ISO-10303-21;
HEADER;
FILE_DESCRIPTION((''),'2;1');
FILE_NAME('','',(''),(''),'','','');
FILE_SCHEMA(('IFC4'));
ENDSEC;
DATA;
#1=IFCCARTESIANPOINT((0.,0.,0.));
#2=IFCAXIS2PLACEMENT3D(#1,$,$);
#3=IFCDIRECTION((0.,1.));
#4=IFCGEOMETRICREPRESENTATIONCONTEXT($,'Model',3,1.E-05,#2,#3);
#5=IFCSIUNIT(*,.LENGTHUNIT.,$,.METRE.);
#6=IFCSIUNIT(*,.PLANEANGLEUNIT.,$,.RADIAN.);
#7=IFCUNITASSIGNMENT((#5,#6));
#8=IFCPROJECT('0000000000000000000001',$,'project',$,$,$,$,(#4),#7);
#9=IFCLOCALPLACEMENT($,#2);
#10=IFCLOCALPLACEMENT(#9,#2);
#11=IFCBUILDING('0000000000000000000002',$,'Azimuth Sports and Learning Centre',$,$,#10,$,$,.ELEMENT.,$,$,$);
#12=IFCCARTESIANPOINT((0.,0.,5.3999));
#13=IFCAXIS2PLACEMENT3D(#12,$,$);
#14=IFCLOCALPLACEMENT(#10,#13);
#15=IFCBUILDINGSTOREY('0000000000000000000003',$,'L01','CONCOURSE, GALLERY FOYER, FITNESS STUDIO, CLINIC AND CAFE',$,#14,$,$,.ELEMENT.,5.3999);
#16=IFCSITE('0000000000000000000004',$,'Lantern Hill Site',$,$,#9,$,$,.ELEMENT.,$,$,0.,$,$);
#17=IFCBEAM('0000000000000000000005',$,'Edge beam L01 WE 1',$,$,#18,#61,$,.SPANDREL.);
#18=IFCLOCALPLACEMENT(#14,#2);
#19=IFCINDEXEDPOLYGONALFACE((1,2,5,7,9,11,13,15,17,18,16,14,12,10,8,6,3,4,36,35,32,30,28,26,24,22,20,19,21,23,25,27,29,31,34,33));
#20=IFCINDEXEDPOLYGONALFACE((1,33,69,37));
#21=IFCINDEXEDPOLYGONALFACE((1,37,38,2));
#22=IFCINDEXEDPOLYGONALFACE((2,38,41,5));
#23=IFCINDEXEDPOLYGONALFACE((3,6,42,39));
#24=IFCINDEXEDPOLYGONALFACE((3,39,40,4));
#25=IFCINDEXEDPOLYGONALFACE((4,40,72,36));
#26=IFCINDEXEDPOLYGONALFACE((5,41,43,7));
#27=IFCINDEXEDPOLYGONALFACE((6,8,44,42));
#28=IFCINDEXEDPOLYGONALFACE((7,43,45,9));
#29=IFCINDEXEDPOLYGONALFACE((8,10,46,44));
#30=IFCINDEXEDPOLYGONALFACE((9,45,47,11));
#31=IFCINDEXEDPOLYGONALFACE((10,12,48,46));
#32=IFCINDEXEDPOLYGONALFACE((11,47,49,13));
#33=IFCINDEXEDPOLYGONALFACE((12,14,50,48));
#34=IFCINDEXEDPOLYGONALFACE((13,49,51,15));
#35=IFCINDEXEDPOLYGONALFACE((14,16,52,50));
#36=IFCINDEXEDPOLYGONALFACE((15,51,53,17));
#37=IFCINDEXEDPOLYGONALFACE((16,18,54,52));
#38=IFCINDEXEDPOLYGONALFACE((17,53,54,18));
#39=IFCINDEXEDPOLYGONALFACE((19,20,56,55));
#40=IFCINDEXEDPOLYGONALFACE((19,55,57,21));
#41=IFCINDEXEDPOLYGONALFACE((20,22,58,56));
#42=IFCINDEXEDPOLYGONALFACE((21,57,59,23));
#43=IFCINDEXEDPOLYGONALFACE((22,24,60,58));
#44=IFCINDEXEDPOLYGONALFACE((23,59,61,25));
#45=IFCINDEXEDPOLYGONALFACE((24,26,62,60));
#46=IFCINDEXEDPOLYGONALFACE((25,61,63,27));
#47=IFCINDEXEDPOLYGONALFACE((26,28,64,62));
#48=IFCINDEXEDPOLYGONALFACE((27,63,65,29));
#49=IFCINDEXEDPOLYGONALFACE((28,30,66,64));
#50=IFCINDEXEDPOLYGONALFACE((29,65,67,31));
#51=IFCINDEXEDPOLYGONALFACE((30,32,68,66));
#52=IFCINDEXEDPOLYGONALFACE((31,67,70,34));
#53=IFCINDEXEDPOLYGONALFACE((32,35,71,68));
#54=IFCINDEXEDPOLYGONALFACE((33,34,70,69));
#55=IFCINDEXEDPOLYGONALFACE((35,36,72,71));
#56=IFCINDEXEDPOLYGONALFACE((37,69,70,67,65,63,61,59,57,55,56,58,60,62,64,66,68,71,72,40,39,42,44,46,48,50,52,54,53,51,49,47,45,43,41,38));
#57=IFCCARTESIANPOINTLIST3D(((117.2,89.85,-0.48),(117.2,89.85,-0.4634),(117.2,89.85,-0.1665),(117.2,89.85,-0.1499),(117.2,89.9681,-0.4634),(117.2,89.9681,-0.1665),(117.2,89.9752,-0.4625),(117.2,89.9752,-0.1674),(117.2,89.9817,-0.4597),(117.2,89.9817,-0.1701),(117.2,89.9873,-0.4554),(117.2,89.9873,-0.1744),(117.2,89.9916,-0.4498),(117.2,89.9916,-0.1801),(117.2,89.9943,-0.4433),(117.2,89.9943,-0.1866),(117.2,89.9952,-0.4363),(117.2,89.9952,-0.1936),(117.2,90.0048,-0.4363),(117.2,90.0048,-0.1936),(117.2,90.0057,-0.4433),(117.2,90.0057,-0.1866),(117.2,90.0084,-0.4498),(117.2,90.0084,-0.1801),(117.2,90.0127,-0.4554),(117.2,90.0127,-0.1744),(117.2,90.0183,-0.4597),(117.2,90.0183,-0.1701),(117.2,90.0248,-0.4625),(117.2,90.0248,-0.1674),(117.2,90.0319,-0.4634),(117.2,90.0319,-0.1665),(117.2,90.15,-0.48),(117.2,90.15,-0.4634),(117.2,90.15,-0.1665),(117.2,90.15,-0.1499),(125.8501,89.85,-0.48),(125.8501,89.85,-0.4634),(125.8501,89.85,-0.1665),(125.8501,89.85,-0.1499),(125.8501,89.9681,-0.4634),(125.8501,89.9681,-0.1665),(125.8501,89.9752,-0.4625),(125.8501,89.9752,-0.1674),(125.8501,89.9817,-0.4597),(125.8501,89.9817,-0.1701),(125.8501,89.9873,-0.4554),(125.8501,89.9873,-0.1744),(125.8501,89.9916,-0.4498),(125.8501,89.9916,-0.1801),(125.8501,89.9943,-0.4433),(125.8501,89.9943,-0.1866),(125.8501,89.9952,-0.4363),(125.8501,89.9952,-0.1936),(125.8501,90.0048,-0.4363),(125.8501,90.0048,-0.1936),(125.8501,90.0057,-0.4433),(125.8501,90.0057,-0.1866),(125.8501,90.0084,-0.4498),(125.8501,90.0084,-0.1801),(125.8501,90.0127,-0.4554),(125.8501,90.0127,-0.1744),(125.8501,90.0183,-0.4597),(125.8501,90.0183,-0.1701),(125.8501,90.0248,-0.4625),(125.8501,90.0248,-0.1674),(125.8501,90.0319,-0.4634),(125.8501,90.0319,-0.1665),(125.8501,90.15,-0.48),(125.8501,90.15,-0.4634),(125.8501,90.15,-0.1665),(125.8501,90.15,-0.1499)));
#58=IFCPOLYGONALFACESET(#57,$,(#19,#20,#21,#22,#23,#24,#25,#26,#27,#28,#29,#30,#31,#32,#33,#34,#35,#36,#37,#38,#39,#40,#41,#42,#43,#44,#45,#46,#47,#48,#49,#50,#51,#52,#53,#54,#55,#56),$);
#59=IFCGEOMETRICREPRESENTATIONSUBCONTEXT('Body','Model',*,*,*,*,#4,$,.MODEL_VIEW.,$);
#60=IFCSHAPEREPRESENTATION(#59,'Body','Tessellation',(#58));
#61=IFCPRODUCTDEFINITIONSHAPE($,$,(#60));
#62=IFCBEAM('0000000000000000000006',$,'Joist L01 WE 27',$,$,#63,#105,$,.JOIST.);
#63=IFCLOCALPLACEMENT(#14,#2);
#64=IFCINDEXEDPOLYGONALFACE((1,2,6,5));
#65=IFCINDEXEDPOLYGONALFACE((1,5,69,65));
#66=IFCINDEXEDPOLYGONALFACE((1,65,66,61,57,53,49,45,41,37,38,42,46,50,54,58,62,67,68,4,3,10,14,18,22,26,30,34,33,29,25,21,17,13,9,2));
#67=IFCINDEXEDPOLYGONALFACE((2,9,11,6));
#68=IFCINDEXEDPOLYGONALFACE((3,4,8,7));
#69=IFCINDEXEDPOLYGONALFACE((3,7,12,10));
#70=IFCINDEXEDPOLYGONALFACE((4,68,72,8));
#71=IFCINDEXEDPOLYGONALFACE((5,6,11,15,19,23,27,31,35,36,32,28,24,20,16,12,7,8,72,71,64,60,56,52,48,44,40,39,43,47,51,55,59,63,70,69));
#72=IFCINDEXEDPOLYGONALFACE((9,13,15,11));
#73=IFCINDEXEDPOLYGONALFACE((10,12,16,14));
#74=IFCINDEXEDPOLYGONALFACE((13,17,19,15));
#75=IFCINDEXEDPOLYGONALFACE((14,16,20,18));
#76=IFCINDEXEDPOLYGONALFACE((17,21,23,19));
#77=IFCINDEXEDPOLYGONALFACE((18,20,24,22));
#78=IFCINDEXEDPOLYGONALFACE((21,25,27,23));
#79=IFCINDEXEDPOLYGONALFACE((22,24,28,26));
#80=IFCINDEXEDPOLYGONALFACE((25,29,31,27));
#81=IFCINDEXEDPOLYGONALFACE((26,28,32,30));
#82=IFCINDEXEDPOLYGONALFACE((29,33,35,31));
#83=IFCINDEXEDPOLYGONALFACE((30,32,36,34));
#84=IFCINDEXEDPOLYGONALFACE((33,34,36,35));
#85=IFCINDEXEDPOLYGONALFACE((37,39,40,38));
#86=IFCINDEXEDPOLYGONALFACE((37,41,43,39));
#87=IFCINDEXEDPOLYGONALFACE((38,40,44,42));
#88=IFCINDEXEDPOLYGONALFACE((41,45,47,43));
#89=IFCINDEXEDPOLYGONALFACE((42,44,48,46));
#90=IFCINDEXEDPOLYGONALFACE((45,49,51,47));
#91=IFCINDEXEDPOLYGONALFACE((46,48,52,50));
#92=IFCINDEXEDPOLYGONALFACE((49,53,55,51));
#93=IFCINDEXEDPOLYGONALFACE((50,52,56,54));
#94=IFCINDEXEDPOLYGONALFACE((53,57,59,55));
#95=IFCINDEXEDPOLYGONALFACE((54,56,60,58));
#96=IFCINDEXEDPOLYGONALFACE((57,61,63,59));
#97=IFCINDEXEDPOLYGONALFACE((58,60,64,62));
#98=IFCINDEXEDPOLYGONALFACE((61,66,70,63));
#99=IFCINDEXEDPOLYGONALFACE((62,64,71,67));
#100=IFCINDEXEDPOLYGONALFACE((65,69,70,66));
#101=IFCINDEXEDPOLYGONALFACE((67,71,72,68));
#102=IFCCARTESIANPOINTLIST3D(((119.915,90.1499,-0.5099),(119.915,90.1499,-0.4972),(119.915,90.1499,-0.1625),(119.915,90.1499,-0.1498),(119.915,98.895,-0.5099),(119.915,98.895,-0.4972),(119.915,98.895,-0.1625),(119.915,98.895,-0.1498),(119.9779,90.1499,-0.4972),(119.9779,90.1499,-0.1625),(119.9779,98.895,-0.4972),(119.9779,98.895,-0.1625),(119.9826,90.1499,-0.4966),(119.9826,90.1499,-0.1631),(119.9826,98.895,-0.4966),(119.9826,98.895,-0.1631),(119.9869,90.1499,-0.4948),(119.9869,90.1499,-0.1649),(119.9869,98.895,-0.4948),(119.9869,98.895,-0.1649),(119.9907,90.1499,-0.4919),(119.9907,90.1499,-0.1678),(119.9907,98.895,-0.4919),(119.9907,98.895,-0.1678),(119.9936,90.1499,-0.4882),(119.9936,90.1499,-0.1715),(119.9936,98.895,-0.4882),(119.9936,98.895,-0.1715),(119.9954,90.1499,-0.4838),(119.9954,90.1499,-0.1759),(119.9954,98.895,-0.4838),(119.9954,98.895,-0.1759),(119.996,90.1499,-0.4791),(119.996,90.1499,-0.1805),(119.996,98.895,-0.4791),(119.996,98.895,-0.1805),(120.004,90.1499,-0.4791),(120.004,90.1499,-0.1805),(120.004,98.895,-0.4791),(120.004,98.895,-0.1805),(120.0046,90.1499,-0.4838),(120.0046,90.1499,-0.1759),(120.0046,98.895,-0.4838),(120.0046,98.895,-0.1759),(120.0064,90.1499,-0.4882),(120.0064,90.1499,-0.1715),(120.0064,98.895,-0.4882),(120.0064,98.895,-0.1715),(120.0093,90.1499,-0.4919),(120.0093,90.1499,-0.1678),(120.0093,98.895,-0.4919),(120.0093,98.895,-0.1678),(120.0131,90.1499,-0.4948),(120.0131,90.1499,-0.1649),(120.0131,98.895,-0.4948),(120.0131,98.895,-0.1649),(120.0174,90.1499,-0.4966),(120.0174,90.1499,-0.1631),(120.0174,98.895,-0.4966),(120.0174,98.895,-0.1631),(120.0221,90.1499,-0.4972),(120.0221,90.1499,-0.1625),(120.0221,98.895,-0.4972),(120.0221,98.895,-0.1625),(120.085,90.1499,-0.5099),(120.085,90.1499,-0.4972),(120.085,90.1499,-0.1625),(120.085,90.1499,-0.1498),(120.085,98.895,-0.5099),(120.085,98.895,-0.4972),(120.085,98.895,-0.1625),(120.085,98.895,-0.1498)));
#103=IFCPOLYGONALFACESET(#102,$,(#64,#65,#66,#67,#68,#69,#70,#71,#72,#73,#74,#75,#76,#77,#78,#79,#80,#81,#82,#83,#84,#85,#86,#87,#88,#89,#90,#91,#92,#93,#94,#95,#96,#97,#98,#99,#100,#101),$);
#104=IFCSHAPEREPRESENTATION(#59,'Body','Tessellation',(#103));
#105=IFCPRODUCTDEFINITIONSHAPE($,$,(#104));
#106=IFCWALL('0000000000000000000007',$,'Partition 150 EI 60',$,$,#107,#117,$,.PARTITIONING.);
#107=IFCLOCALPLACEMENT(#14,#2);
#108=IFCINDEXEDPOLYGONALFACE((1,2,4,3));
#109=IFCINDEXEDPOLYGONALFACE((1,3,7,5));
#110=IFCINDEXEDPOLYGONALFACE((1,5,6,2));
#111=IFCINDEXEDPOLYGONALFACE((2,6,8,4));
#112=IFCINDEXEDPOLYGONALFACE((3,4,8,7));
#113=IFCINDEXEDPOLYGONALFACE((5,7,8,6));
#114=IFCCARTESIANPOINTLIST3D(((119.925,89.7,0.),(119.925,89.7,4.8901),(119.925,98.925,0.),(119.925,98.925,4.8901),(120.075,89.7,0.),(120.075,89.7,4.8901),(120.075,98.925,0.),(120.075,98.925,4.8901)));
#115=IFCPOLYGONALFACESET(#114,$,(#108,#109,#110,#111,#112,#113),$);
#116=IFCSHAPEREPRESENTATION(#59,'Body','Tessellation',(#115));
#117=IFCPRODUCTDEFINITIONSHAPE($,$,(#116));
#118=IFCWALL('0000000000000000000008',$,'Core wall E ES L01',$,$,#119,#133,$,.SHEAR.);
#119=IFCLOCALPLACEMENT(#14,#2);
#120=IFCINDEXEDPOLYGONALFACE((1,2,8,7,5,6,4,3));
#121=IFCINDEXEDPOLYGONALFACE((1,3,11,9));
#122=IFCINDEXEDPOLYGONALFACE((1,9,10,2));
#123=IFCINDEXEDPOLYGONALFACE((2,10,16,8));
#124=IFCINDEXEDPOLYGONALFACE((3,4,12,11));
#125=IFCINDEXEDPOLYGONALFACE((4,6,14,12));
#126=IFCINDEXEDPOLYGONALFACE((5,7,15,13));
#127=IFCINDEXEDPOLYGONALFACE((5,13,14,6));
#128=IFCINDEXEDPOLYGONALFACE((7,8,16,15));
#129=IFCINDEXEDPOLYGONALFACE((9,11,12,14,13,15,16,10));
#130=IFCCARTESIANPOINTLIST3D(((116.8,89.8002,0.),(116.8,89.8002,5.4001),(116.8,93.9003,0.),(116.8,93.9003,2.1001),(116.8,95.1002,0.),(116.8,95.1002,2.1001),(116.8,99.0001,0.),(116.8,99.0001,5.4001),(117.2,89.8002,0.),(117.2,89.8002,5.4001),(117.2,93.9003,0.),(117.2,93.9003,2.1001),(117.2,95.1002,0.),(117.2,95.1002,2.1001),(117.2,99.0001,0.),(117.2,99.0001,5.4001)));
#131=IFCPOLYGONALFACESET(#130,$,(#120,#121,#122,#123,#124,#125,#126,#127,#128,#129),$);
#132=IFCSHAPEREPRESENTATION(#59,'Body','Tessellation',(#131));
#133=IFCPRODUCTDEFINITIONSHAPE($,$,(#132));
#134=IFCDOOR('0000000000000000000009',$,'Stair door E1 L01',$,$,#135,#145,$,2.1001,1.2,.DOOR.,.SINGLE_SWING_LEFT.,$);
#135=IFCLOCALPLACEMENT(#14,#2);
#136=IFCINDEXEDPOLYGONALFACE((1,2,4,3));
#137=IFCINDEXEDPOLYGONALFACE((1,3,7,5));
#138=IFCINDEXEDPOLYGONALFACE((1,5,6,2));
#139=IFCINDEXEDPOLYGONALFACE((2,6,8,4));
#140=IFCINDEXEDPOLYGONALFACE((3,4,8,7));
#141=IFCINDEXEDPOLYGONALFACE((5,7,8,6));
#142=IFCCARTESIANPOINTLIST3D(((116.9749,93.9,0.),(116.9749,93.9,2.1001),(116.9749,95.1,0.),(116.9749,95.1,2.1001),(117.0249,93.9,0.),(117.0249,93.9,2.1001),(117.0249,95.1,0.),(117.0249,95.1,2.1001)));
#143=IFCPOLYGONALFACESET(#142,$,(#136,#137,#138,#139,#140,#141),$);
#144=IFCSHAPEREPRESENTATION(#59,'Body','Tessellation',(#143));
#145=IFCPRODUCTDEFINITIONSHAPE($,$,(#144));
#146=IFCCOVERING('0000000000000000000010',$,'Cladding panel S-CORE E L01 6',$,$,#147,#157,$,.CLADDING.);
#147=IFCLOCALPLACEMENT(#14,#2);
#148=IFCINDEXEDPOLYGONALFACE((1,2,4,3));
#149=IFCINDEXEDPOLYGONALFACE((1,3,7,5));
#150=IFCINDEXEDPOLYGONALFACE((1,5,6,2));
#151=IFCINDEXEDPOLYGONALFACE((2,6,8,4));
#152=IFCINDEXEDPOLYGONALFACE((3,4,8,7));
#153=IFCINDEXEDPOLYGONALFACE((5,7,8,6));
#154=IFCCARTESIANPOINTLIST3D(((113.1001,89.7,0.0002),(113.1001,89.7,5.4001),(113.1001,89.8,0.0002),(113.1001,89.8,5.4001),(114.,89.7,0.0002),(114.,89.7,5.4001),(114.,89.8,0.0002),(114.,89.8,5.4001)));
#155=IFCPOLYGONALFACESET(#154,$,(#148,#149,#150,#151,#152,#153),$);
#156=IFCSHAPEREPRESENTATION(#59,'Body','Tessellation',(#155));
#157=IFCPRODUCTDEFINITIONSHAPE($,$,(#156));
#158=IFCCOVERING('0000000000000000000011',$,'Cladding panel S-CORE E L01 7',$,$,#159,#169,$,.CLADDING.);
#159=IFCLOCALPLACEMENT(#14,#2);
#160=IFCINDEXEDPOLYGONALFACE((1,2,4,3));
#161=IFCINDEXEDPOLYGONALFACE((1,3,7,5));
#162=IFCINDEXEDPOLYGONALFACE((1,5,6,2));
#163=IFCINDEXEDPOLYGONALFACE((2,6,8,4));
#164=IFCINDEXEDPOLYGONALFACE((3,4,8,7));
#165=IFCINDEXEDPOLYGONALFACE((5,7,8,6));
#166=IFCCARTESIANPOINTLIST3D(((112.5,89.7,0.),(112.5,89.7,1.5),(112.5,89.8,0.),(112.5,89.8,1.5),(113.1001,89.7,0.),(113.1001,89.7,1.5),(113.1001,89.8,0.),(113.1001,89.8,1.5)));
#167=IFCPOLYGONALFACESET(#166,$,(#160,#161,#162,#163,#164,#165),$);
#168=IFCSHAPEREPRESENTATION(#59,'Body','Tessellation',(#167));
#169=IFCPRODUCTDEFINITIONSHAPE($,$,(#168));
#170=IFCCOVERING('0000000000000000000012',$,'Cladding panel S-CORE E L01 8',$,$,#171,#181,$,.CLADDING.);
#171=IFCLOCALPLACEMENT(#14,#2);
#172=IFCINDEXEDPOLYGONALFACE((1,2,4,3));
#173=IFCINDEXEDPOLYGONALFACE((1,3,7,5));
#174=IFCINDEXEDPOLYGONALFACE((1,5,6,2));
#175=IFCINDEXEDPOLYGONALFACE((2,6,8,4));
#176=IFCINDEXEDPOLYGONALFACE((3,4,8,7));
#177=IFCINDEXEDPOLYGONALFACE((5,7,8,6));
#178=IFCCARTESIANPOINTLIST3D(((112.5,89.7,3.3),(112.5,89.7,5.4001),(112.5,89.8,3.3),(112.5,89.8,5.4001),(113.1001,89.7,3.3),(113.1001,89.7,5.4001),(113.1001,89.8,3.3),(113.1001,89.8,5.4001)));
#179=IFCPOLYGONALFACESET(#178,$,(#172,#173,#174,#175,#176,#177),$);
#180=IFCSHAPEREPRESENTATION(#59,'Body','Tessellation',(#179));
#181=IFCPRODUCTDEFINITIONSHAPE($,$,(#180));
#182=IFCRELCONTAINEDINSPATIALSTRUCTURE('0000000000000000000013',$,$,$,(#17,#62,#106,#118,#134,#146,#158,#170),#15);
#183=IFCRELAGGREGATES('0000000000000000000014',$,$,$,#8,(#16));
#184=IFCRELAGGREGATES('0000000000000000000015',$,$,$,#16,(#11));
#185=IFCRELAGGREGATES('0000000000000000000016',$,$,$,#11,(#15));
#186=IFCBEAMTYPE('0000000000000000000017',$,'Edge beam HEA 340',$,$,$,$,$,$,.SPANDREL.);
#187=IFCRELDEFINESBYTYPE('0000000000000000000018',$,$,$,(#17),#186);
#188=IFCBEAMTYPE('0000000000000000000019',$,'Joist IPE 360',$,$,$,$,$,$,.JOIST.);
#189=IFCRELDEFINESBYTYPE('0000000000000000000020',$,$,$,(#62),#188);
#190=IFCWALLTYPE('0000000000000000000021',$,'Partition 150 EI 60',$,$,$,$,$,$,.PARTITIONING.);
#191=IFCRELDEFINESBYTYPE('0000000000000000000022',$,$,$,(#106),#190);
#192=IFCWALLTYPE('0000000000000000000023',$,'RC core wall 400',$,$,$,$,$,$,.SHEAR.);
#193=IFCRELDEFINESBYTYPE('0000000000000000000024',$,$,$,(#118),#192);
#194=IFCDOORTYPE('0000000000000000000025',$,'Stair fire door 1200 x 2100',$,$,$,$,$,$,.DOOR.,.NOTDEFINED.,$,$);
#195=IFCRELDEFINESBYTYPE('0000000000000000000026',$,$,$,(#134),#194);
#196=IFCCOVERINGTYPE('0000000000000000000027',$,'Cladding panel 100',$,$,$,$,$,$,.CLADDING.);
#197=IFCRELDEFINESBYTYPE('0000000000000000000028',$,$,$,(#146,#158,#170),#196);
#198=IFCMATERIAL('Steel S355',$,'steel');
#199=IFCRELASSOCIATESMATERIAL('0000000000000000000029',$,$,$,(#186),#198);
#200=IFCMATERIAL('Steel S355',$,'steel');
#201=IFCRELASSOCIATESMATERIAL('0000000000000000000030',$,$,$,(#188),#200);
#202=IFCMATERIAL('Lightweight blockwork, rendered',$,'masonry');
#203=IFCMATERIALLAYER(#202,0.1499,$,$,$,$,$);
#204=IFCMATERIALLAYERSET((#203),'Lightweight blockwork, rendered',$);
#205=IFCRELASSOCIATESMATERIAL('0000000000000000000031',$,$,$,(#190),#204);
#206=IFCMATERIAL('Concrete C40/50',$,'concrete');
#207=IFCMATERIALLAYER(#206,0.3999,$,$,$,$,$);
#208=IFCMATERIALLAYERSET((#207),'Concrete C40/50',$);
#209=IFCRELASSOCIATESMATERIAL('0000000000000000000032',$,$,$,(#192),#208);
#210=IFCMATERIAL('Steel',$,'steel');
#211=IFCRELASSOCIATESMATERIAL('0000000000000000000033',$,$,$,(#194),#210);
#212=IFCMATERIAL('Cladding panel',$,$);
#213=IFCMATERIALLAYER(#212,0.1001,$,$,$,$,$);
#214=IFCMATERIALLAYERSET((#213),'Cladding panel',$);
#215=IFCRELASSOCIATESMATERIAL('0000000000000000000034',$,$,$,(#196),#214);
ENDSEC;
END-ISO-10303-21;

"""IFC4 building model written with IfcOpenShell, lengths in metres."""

from ifc_helpers import new_model, si_unit, direction, frame, frame_2d, origin, origin_2d, place, context, subcontext, project, spatial, rectangle, i_section, extrude, material, layer, layer_set, material_profile, profile_set, type_object, element, fill, save


model = new_model("IFC4")

# Units and contexts
model_context = context("Model", 3, precision=1e-05, world=origin(), true_north=direction((0.0, 1.0)))
body_context = subcontext(model_context, "Body", "Model", "MODEL_VIEW")
ifc_project = project(units=[si_unit("LENGTHUNIT", "METRE"), si_unit("PLANEANGLEUNIT", "RADIAN")], contexts=[model_context])

# Site, building, storey
site_placement = place(None, origin())
site = spatial("IfcSite", under=ifc_project, at=site_placement, Name="Lantern Hill Site", CompositionType="ELEMENT", RefElevation=0.0)
building_placement = place(site_placement, origin())
building = spatial("IfcBuilding", under=site, at=building_placement, Name="Azimuth Sports and Learning Centre", CompositionType="ELEMENT")
storey_placement = place(building_placement, frame((0.0, 0.0, 5.3999)))
storey = spatial("IfcBuildingStorey", under=building, at=storey_placement, Name="L01", Description="CONCOURSE, GALLERY FOYER, FITNESS STUDIO, CLINIC AND CAFE", CompositionType="ELEMENT", Elevation=5.3999)

# Beams
ifc_material_1 = material(Name="Steel S355", Category="steel")
ifc_material_profile_1 = material_profile(ifc_material_1, i_section(OverallWidth=0.3, OverallDepth=0.3301, WebThickness=0.0095, FlangeThickness=0.0166, FilletRadius=0.0271, at=origin_2d()), Name="HEA 340")
ifc_profile_set_1 = profile_set([ifc_material_profile_1], Name="Steel S355")
beam_type_1 = type_object("IfcBeamType", Name="Edge beam HEA 340", PredefinedType="SPANDREL", material=ifc_profile_set_1)
beam_1_placement = place(storey_placement, frame((117.2, 90.0, -0.3149), z_axis=(1.0, 0.0, 0.0), x_axis=(0.0, 1.0, 0.0)))
element("IfcBeam", 1, at=beam_1_placement, inside=storey, type_object=beam_type_1, Name="Edge beam L01 WE 1", PredefinedType="SPANDREL", context=body_context, shape_type="SweptSolid", body=[
    extrude(i_section(OverallWidth=0.3, OverallDepth=0.3301, WebThickness=0.0095, FlangeThickness=0.0166, FilletRadius=0.0271, at=origin_2d()), origin(), (0.0, 0.0, 1.0), 8.6501),
])
ifc_material_2 = material(Name="Steel S355", Category="steel")
ifc_material_profile_2 = material_profile(ifc_material_2, i_section(OverallWidth=0.1699, OverallDepth=0.3601, WebThickness=0.0081, FlangeThickness=0.0127, FilletRadius=0.0181, at=origin_2d()), Name="IPE 360")
ifc_profile_set_2 = profile_set([ifc_material_profile_2], Name="Steel S355")
beam_type_2 = type_object("IfcBeamType", Name="Joist IPE 360", PredefinedType="JOIST", material=ifc_profile_set_2)
beam_2_placement = place(storey_placement, frame((120.0, 90.1499, -0.3298), z_axis=(0.0, 1.0, 0.0), x_axis=(-1.0, 0.0, 0.0)))
element("IfcBeam", 2, at=beam_2_placement, inside=storey, type_object=beam_type_2, Name="Joist L01 WE 27", PredefinedType="JOIST", context=body_context, shape_type="SweptSolid", body=[
    extrude(i_section(OverallWidth=0.1699, OverallDepth=0.3601, WebThickness=0.0081, FlangeThickness=0.0127, FilletRadius=0.0181, at=origin_2d()), origin(), (0.0, 0.0, 1.0), 8.7451),
])

# Wall
ifc_material_3 = material(Name="Lightweight blockwork, rendered", Category="masonry")
ifc_layer_1 = layer(ifc_material_3, 0.1499)
ifc_layer_set_1 = layer_set([ifc_layer_1], Name="Lightweight blockwork, rendered")
wall_type_1 = type_object("IfcWallType", Name="Partition 150 EI 60", PredefinedType="PARTITIONING", material=ifc_layer_set_1)
wall_1_placement = place(storey_placement, frame((120.0, 89.7, 0.0), z_axis=(0.0, 0.0, 1.0), x_axis=(0.0, 1.0, 0.0)))
element("IfcWall", 3, at=wall_1_placement, inside=storey, type_object=wall_type_1, Name="Partition 150 EI 60", PredefinedType="PARTITIONING", context=body_context, shape_type="SweptSolid", body=[
    extrude(rectangle(XDim=9.2251, YDim=0.1499, at=frame_2d((4.6125, 0.0))), origin(), (0.0, 0.0, 1.0), 4.8901),
])

# Wall, opening, door
ifc_material_4 = material(Name="Concrete C40/50", Category="concrete")
ifc_layer_2 = layer(ifc_material_4, 0.3999)
ifc_layer_set_2 = layer_set([ifc_layer_2], Name="Concrete C40/50")
wall_type_2 = type_object("IfcWallType", Name="RC core wall 400", PredefinedType="SHEAR", material=ifc_layer_set_2)
wall_2_placement = place(storey_placement, frame((117.0, 89.8, 0.0), z_axis=(0.0, 0.0, 1.0), x_axis=(0.0, 1.0, 0.0)))
wall_2 = element("IfcWall", 4, at=wall_2_placement, inside=storey, type_object=wall_type_2, Name="Core wall E ES L01", PredefinedType="SHEAR", context=body_context, shape_type="SweptSolid", body=[
    extrude(rectangle(XDim=9.2, YDim=0.3999, at=frame_2d((4.6001, 0.0))), origin(), (0.0, 0.0, 1.0), 5.4001),
])
opening_placement = place(wall_2_placement, frame((4.1001, 0.0, 0.0)))
opening = element("IfcOpeningElement", 5, at=opening_placement, cuts=wall_2, PredefinedType="OPENING", context=body_context, shape_type="SweptSolid", body=[
    extrude(rectangle(XDim=1.2, YDim=2.1001, at=frame_2d((0.6001, 1.05))), frame((0.0, 0.2109, 0.0), z_axis=(0.0, -1.0, 0.0), x_axis=(1.0, 0.0, 0.0)), (0.0, 0.0, 1.0), 0.4219),
])
ifc_material_5 = material(Name="Steel", Category="steel")
door_type = type_object("IfcDoorType", Name="Stair fire door 1200 x 2100", OperationType="NOTDEFINED", PredefinedType="DOOR", material=ifc_material_5)
door_placement = place(opening_placement, frame((1.2, 0.0, 0.0), z_axis=(0.0, 0.0, 1.0), x_axis=(-1.0, 0.0, 0.0)))
door = element("IfcDoor", 6, at=door_placement, inside=storey, type_object=door_type, Name="Stair door E1 L01", OperationType="SINGLE_SWING_LEFT", OverallHeight=2.1001, OverallWidth=1.2, PredefinedType="DOOR", context=body_context, shape_type="SweptSolid", body=[
    extrude(rectangle(XDim=1.2, YDim=2.1001, at=frame_2d((0.6001, 1.05))), frame((0.0, 0.0249, 0.0), z_axis=(0.0, -1.0, 0.0), x_axis=(1.0, 0.0, 0.0)), (0.0, 0.0, 1.0), 0.05),
])
fill(opening, door)

# Coverings
ifc_material_6 = material(Name="Cladding panel")
ifc_layer_3 = layer(ifc_material_6, 0.1001)
ifc_layer_set_3 = layer_set([ifc_layer_3], Name="Cladding panel")
covering_type = type_object("IfcCoveringType", Name="Cladding panel 100", PredefinedType="CLADDING", material=ifc_layer_set_3)
covering_1_placement = place(storey_placement, frame((113.55, 89.75, 0.0002), z_axis=(0.0, 0.0, 1.0), x_axis=(1.0, 0.0, 0.0)))
element("IfcCovering", 7, at=covering_1_placement, inside=storey, type_object=covering_type, Name="Cladding panel S-CORE E L01 6", PredefinedType="CLADDING", context=body_context, shape_type="SweptSolid", body=[
    extrude(rectangle(XDim=0.8999, YDim=0.1001, at=origin_2d()), origin(), (0.0, 0.0, 1.0), 5.3999),
])
covering_2_placement = place(storey_placement, frame((112.8, 89.75, 0.0), z_axis=(0.0, 0.0, 1.0), x_axis=(1.0, 0.0, 0.0)))
element("IfcCovering", 8, at=covering_2_placement, inside=storey, type_object=covering_type, Name="Cladding panel S-CORE E L01 7", PredefinedType="CLADDING", context=body_context, shape_type="SweptSolid", body=[
    extrude(rectangle(XDim=0.6001, YDim=0.1001, at=origin_2d()), origin(), (0.0, 0.0, 1.0), 1.5),
])
covering_3_placement = place(storey_placement, frame((112.8, 89.75, 3.3), z_axis=(0.0, 0.0, 1.0), x_axis=(1.0, 0.0, 0.0)))
element("IfcCovering", 9, at=covering_3_placement, inside=storey, type_object=covering_type, Name="Cladding panel S-CORE E L01 8", PredefinedType="CLADDING", context=body_context, shape_type="SweptSolid", body=[
    extrude(rectangle(XDim=0.6001, YDim=0.1001, at=origin_2d()), origin(), (0.0, 0.0, 1.0), 2.1001),
])

save(model, "model.ifc")
